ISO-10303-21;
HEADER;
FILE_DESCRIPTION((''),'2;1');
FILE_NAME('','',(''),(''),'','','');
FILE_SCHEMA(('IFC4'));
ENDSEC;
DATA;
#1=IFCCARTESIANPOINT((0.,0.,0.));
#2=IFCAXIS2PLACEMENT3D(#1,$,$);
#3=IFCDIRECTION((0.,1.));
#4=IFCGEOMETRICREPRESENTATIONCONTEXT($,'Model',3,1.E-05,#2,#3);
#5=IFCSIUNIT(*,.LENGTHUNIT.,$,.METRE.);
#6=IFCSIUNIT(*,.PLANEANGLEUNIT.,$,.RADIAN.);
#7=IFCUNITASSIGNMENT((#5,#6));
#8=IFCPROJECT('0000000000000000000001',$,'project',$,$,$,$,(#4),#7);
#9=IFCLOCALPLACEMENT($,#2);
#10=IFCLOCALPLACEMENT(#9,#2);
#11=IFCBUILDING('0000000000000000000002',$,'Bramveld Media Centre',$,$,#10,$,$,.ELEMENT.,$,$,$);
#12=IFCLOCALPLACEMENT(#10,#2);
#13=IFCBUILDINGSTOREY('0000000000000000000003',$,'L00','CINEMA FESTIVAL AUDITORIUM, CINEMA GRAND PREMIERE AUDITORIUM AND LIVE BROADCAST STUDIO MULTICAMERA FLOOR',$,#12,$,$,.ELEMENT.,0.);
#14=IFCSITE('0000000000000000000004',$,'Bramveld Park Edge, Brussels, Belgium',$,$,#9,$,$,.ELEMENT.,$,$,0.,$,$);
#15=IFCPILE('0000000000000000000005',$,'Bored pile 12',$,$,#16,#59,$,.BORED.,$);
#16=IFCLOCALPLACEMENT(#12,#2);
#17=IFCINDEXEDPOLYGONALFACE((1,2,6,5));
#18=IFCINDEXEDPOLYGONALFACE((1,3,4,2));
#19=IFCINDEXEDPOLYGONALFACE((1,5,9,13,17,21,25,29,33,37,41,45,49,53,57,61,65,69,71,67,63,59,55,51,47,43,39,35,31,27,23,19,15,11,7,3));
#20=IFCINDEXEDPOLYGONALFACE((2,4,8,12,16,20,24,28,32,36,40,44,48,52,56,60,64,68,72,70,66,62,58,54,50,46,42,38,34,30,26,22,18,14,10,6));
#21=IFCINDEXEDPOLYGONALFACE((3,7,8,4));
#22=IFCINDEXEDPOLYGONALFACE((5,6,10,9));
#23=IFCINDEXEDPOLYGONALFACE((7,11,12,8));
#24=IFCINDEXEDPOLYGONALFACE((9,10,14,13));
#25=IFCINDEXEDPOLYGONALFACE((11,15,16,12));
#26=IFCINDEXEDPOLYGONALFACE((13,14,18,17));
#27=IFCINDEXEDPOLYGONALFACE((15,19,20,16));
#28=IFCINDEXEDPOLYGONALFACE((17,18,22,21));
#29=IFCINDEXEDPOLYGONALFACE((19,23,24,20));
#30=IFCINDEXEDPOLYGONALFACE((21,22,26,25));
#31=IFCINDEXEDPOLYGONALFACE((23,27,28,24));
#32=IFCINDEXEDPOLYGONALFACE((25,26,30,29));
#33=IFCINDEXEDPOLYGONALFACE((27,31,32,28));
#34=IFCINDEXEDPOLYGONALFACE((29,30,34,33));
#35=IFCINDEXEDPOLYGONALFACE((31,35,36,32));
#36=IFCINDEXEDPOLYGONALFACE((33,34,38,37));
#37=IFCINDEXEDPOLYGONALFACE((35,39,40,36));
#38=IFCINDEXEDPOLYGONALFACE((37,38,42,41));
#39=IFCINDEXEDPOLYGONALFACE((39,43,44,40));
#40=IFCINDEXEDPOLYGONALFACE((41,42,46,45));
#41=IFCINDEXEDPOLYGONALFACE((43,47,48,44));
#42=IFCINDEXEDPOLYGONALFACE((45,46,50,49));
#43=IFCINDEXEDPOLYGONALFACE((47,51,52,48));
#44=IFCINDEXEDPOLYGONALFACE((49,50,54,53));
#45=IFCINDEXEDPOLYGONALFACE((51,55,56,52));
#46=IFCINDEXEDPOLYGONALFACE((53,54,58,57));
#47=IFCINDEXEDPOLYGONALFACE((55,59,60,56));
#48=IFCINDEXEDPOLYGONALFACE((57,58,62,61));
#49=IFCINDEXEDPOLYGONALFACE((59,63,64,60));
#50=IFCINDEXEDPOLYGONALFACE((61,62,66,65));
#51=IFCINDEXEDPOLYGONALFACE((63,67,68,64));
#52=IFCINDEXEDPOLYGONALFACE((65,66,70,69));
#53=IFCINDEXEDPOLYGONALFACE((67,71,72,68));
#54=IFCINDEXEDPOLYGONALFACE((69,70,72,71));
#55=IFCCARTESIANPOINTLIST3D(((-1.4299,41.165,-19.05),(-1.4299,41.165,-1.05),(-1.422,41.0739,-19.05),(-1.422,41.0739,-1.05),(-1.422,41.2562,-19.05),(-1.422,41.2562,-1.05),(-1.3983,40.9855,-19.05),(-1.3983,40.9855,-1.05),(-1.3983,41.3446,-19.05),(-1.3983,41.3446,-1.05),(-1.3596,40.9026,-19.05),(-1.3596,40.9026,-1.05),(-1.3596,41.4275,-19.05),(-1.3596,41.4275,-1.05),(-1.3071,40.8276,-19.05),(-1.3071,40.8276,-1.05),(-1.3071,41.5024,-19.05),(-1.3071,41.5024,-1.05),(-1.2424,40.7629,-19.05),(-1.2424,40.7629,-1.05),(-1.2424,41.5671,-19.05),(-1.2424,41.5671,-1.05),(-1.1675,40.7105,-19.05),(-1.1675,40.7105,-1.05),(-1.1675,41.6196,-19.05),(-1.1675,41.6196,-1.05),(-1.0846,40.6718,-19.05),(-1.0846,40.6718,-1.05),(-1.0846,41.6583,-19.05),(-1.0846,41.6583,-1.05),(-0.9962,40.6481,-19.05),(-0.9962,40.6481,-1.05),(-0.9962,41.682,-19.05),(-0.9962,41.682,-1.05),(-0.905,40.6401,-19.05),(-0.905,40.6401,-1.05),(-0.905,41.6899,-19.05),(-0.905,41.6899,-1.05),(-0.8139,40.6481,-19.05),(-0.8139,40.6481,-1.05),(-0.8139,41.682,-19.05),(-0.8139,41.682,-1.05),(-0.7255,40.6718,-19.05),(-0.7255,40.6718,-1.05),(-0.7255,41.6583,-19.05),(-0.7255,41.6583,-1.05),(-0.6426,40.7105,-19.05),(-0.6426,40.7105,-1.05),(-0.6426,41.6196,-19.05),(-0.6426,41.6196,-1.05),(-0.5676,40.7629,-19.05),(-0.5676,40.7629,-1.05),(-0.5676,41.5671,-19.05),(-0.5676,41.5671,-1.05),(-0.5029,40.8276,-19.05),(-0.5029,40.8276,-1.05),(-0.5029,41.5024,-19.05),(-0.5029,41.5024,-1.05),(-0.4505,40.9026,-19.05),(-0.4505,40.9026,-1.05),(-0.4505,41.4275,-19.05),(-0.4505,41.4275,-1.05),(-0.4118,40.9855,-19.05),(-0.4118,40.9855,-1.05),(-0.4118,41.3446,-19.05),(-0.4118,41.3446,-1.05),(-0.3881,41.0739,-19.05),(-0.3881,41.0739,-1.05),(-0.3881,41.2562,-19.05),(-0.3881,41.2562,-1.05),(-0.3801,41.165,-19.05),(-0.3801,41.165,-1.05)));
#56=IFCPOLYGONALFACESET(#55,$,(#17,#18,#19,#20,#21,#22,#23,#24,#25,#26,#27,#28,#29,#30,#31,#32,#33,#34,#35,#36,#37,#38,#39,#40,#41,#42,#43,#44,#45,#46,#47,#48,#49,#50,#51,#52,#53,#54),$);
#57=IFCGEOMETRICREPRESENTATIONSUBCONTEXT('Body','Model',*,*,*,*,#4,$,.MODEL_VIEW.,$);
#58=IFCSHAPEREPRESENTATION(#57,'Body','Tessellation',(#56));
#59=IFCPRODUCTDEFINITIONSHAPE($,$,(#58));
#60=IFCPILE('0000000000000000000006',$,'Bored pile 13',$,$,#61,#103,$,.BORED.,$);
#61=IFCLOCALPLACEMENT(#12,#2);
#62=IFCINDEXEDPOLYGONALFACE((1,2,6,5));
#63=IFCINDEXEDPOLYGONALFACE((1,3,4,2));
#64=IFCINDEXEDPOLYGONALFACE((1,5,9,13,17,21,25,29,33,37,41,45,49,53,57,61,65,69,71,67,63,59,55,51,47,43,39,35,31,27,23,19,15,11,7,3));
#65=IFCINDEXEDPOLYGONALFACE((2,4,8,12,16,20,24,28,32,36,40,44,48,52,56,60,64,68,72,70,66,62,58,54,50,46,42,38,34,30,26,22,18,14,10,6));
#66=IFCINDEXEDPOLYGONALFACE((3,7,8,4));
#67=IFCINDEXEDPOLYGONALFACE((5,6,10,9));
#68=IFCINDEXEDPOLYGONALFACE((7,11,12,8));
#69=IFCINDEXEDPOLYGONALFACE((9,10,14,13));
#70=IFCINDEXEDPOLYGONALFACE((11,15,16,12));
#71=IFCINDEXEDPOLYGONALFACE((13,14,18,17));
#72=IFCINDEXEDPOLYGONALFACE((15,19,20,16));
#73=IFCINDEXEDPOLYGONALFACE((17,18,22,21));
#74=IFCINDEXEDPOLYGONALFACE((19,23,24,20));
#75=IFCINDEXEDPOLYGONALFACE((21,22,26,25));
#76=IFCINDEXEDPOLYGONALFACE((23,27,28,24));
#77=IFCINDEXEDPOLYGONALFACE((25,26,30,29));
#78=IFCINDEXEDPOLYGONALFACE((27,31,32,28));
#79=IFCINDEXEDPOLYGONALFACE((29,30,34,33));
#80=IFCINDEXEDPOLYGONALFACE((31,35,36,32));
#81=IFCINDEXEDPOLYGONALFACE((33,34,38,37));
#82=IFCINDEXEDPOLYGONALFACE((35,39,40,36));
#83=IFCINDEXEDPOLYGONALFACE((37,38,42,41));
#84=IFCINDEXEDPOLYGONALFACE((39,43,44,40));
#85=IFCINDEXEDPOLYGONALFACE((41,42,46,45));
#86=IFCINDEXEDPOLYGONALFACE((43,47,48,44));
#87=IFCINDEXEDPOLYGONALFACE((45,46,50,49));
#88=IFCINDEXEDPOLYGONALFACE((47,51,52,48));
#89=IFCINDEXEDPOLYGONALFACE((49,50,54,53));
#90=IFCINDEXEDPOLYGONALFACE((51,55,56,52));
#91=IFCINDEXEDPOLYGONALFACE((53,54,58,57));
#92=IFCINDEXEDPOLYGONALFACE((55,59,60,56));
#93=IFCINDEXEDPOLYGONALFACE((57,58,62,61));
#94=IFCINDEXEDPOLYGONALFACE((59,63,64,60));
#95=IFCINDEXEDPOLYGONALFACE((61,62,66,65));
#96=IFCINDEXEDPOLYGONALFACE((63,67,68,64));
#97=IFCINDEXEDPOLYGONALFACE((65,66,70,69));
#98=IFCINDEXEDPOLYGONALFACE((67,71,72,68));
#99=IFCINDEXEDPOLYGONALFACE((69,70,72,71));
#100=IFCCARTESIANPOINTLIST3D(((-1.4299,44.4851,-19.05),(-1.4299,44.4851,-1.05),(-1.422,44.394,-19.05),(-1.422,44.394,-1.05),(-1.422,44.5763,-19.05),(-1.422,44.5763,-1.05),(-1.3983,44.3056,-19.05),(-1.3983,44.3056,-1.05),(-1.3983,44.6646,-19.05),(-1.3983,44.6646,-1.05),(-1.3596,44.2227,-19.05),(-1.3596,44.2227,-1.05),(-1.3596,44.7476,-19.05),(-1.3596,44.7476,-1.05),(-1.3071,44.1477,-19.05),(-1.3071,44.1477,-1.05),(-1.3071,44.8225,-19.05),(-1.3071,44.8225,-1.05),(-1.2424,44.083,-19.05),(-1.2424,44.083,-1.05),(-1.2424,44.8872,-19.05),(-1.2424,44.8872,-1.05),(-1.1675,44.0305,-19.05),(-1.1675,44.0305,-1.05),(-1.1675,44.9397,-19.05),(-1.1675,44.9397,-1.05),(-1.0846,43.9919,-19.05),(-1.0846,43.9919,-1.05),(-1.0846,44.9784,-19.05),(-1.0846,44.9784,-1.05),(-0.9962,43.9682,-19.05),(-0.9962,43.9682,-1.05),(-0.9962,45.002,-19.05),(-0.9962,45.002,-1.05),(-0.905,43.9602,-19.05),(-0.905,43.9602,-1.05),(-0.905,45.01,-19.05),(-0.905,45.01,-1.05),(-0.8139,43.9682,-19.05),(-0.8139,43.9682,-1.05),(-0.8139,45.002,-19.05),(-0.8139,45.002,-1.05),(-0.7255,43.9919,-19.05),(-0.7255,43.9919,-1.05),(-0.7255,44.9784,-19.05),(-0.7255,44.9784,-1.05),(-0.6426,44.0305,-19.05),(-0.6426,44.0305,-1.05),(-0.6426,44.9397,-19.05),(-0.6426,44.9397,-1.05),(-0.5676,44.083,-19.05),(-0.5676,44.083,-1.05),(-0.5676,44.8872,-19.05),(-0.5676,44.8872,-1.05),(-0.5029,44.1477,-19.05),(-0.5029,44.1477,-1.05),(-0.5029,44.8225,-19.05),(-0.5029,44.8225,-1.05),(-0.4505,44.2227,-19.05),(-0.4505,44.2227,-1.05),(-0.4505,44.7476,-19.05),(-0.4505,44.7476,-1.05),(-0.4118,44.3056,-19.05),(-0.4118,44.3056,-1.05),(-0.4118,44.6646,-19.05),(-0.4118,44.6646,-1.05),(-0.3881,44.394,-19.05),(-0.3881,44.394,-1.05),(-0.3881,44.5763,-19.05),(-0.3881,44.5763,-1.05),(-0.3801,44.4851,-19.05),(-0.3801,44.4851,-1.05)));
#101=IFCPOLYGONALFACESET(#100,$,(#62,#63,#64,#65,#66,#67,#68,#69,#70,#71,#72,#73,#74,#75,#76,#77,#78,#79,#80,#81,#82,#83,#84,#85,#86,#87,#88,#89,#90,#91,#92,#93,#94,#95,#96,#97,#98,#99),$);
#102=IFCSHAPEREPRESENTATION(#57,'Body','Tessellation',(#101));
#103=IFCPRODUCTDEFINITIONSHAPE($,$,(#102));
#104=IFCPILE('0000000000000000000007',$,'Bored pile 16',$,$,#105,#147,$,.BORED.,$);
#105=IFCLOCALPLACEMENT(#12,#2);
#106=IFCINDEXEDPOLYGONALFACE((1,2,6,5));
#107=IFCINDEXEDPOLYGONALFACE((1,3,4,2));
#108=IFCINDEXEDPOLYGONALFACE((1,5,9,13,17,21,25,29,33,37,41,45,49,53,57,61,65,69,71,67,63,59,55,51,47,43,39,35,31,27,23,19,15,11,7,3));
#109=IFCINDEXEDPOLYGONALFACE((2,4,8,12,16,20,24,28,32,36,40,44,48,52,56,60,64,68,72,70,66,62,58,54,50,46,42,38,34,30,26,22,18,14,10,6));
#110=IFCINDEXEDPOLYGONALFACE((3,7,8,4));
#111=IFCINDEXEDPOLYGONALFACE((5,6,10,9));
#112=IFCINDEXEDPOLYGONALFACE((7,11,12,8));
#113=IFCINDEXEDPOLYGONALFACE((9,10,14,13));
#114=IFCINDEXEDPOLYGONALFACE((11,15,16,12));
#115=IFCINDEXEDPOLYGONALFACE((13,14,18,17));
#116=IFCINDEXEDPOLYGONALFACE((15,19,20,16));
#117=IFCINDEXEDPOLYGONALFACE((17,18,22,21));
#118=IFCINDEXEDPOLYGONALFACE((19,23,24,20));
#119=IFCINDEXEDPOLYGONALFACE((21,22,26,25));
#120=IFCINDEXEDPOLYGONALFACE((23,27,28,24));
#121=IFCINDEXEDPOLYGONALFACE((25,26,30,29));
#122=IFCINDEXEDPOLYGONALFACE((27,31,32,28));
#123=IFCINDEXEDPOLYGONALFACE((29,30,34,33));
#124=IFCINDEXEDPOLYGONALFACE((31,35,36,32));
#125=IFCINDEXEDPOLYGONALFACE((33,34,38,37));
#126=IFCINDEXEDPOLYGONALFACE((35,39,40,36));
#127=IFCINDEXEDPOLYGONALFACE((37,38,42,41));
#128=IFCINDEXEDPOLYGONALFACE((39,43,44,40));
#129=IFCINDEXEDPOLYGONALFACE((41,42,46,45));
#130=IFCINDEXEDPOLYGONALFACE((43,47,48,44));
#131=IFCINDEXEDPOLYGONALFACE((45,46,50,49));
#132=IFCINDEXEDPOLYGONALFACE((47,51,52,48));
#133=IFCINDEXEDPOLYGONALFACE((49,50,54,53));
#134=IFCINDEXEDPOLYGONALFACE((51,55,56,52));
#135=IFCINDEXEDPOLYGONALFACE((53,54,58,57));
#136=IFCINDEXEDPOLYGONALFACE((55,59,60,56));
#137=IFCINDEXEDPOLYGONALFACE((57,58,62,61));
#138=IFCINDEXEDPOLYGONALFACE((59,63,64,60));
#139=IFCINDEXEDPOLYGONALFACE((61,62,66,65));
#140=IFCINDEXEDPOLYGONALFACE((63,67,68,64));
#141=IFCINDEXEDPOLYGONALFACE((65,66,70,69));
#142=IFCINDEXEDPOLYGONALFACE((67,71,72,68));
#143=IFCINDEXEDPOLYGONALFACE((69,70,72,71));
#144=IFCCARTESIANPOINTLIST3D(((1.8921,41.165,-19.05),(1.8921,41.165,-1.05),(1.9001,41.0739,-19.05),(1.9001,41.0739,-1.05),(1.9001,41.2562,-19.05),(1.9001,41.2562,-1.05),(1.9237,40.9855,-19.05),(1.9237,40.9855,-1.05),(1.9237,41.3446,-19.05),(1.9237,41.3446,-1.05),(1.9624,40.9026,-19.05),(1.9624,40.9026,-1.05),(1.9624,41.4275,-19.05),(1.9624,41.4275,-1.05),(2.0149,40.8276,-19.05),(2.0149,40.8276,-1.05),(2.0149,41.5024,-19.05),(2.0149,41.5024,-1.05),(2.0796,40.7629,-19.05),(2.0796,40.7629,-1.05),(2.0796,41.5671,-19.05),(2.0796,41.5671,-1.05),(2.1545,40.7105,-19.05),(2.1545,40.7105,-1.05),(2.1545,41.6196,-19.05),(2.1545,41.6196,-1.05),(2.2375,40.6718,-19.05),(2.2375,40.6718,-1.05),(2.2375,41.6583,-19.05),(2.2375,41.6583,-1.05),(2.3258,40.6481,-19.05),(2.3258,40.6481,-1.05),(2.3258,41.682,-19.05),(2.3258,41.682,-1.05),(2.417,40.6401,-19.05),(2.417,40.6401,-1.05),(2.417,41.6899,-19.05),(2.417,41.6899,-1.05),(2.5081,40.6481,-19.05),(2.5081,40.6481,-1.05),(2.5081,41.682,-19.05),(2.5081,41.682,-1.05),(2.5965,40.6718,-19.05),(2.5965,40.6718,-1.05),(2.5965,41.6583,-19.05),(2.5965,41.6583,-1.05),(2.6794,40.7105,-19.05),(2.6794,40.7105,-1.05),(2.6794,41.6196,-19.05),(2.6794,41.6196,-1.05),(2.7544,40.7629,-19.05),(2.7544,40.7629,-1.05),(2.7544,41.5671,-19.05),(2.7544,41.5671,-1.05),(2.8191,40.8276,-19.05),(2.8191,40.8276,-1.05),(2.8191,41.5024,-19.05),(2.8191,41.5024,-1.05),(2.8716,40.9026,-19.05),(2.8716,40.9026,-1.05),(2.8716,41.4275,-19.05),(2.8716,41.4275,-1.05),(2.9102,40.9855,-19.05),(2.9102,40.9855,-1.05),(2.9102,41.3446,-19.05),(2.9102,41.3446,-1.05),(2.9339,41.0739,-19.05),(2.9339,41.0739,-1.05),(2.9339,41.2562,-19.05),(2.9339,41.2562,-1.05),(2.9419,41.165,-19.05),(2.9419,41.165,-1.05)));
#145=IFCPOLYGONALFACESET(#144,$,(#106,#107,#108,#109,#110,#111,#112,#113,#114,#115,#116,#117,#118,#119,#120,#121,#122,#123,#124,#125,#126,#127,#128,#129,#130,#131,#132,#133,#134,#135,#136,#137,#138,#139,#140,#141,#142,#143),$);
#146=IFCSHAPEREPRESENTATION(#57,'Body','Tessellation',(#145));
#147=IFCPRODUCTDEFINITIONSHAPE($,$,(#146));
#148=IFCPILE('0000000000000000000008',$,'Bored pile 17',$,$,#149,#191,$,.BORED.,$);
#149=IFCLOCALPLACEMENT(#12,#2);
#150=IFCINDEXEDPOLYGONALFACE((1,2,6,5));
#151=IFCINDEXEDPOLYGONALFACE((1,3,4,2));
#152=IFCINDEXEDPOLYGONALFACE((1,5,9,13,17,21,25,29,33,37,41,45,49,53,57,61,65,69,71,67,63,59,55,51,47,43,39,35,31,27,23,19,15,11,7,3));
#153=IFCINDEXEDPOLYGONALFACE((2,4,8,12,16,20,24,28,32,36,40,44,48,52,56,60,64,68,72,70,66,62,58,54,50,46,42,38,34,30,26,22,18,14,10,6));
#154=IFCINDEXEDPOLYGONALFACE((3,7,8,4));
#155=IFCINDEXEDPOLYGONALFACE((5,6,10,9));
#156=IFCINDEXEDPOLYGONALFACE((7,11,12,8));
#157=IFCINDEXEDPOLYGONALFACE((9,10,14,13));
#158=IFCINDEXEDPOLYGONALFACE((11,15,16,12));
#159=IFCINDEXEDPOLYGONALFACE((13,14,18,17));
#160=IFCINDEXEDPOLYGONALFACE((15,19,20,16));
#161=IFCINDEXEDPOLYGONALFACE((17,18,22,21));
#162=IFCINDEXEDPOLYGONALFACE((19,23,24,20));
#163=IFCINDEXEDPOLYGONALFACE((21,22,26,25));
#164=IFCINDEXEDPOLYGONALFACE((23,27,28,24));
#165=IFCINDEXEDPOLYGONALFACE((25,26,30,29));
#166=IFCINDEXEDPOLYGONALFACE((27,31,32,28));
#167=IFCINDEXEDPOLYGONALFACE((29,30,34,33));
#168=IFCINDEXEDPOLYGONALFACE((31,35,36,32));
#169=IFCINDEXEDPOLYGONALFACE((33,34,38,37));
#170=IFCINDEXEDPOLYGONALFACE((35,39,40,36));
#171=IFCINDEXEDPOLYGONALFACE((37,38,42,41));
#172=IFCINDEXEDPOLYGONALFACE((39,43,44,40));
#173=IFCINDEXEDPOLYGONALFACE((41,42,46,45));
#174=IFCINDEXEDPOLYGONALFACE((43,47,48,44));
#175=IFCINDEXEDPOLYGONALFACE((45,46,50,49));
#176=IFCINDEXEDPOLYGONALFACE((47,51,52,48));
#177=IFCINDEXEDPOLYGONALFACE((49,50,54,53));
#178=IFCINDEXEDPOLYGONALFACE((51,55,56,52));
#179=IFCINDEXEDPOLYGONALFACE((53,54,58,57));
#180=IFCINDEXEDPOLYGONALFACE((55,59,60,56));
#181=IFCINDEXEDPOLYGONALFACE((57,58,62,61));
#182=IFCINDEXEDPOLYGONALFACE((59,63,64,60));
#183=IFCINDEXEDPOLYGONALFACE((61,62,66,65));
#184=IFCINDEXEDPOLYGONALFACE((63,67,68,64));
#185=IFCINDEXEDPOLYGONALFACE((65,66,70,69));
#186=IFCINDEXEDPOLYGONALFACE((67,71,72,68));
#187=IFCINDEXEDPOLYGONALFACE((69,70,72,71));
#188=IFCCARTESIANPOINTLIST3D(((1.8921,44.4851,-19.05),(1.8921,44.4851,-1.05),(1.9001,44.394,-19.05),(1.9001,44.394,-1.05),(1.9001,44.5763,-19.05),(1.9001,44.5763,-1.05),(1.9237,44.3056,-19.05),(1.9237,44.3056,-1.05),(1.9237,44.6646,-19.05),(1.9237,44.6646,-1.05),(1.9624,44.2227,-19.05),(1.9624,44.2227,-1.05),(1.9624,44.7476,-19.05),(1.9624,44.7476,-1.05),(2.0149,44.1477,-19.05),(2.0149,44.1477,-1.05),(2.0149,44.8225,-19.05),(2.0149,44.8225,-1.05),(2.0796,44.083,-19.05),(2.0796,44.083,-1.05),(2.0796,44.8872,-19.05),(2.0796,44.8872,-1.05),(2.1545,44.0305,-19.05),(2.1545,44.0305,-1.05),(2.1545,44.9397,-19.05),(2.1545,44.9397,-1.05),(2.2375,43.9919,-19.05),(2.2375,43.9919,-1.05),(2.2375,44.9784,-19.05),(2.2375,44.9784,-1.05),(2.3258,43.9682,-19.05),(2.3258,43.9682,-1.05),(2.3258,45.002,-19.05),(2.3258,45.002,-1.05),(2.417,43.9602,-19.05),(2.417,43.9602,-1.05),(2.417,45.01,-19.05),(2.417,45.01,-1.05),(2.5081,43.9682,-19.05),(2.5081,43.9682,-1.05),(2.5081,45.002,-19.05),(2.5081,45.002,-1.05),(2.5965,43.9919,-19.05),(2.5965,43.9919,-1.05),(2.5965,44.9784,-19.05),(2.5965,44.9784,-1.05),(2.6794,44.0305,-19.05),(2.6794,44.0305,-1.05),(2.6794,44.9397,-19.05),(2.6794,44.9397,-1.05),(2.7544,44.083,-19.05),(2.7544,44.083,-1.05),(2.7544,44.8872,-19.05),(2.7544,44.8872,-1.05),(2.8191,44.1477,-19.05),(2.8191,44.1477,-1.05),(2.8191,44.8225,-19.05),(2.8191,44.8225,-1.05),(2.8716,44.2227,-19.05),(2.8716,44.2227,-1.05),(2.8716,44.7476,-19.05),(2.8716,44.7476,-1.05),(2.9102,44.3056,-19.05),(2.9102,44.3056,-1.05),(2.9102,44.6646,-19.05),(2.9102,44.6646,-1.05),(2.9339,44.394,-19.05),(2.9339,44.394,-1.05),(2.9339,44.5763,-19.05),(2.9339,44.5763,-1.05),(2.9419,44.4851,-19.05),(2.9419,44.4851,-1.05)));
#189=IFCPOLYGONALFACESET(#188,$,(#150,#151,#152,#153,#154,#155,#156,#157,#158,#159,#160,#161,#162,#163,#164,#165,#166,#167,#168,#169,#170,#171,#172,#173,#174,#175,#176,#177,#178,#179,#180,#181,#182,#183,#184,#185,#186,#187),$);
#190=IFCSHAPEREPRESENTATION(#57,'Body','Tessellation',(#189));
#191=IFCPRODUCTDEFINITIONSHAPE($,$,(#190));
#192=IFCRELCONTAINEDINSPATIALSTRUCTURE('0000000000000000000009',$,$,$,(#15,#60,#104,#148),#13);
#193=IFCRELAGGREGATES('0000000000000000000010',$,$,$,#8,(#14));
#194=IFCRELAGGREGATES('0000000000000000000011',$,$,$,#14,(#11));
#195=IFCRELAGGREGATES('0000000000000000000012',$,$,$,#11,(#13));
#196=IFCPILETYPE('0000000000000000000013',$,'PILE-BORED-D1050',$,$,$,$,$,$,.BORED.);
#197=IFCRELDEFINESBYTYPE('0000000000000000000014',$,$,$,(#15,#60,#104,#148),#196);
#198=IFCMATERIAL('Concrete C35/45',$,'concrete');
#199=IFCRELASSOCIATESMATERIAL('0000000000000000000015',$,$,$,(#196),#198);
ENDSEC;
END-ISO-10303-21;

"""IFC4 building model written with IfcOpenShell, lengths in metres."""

from ifc_helpers import new_model, si_unit, direction, frame, origin, origin_2d, place, context, subcontext, project, spatial, circle, extrude, material, material_profile, profile_set, type_object, element, save


model = new_model("IFC4")

# Units and contexts
model_context = context("Model", 3, precision=1e-05, world=origin(), true_north=direction((0.0, 1.0)))
body_context = subcontext(model_context, "Body", "Model", "MODEL_VIEW")
ifc_project = project(units=[si_unit("LENGTHUNIT", "METRE"), si_unit("PLANEANGLEUNIT", "RADIAN")], contexts=[model_context])

# Site, building, storey
site_placement = place(None, origin())
site = spatial("IfcSite", under=ifc_project, at=site_placement, Name="Bramveld Park Edge, Brussels, Belgium", CompositionType="ELEMENT", RefElevation=0.0)
building_placement = place(site_placement, origin())
building = spatial("IfcBuilding", under=site, at=building_placement, Name="Bramveld Media Centre", CompositionType="ELEMENT")
storey_placement = place(building_placement, origin())
storey = spatial("IfcBuildingStorey", under=building, at=storey_placement, Name="L00", Description="CINEMA FESTIVAL AUDITORIUM, CINEMA GRAND PREMIERE AUDITORIUM AND LIVE BROADCAST STUDIO MULTICAMERA FLOOR", CompositionType="ELEMENT", Elevation=0.0)

# Piles
ifc_material_1 = material(Name="Concrete C35/45", Category="concrete")
ifc_material_profile_1 = material_profile(ifc_material_1, circle(Radius=0.5249, at=origin_2d()), Name="BORED D1050")
ifc_profile_set_1 = profile_set([ifc_material_profile_1], Name="Concrete C35/45")
pile_type = type_object("IfcPileType", Name="PILE-BORED-D1050", PredefinedType="BORED", material=ifc_profile_set_1)
for number, where, z_axis, x_axis, name in (
    (1, (-0.905, 41.165, -1.05), (0.0, 0.0, -1.0), (1.0, 0.0, 0.0), "Bored pile 12"),
    (2, (-0.905, 44.4851, -1.05), (0.0, 0.0, -1.0), (1.0, 0.0, 0.0), "Bored pile 13"),
    (3, (2.417, 41.165, -1.05), (0.0, 0.0, -1.0), (1.0, 0.0, 0.0), "Bored pile 16"),
    (4, (2.417, 44.4851, -1.05), (0.0, 0.0, -1.0), (1.0, 0.0, 0.0), "Bored pile 17"),
):
    element("IfcPile", number, at=place(storey_placement, frame(where, z_axis=z_axis, x_axis=x_axis)), inside=storey, type_object=pile_type, Name=name, PredefinedType="BORED", context=body_context, shape_type="SweptSolid", body=[
        extrude(circle(Radius=0.5249, at=origin_2d()), origin(), (0.0, 0.0, 1.0), 18.0),
    ])

save(model, "model.ifc")
